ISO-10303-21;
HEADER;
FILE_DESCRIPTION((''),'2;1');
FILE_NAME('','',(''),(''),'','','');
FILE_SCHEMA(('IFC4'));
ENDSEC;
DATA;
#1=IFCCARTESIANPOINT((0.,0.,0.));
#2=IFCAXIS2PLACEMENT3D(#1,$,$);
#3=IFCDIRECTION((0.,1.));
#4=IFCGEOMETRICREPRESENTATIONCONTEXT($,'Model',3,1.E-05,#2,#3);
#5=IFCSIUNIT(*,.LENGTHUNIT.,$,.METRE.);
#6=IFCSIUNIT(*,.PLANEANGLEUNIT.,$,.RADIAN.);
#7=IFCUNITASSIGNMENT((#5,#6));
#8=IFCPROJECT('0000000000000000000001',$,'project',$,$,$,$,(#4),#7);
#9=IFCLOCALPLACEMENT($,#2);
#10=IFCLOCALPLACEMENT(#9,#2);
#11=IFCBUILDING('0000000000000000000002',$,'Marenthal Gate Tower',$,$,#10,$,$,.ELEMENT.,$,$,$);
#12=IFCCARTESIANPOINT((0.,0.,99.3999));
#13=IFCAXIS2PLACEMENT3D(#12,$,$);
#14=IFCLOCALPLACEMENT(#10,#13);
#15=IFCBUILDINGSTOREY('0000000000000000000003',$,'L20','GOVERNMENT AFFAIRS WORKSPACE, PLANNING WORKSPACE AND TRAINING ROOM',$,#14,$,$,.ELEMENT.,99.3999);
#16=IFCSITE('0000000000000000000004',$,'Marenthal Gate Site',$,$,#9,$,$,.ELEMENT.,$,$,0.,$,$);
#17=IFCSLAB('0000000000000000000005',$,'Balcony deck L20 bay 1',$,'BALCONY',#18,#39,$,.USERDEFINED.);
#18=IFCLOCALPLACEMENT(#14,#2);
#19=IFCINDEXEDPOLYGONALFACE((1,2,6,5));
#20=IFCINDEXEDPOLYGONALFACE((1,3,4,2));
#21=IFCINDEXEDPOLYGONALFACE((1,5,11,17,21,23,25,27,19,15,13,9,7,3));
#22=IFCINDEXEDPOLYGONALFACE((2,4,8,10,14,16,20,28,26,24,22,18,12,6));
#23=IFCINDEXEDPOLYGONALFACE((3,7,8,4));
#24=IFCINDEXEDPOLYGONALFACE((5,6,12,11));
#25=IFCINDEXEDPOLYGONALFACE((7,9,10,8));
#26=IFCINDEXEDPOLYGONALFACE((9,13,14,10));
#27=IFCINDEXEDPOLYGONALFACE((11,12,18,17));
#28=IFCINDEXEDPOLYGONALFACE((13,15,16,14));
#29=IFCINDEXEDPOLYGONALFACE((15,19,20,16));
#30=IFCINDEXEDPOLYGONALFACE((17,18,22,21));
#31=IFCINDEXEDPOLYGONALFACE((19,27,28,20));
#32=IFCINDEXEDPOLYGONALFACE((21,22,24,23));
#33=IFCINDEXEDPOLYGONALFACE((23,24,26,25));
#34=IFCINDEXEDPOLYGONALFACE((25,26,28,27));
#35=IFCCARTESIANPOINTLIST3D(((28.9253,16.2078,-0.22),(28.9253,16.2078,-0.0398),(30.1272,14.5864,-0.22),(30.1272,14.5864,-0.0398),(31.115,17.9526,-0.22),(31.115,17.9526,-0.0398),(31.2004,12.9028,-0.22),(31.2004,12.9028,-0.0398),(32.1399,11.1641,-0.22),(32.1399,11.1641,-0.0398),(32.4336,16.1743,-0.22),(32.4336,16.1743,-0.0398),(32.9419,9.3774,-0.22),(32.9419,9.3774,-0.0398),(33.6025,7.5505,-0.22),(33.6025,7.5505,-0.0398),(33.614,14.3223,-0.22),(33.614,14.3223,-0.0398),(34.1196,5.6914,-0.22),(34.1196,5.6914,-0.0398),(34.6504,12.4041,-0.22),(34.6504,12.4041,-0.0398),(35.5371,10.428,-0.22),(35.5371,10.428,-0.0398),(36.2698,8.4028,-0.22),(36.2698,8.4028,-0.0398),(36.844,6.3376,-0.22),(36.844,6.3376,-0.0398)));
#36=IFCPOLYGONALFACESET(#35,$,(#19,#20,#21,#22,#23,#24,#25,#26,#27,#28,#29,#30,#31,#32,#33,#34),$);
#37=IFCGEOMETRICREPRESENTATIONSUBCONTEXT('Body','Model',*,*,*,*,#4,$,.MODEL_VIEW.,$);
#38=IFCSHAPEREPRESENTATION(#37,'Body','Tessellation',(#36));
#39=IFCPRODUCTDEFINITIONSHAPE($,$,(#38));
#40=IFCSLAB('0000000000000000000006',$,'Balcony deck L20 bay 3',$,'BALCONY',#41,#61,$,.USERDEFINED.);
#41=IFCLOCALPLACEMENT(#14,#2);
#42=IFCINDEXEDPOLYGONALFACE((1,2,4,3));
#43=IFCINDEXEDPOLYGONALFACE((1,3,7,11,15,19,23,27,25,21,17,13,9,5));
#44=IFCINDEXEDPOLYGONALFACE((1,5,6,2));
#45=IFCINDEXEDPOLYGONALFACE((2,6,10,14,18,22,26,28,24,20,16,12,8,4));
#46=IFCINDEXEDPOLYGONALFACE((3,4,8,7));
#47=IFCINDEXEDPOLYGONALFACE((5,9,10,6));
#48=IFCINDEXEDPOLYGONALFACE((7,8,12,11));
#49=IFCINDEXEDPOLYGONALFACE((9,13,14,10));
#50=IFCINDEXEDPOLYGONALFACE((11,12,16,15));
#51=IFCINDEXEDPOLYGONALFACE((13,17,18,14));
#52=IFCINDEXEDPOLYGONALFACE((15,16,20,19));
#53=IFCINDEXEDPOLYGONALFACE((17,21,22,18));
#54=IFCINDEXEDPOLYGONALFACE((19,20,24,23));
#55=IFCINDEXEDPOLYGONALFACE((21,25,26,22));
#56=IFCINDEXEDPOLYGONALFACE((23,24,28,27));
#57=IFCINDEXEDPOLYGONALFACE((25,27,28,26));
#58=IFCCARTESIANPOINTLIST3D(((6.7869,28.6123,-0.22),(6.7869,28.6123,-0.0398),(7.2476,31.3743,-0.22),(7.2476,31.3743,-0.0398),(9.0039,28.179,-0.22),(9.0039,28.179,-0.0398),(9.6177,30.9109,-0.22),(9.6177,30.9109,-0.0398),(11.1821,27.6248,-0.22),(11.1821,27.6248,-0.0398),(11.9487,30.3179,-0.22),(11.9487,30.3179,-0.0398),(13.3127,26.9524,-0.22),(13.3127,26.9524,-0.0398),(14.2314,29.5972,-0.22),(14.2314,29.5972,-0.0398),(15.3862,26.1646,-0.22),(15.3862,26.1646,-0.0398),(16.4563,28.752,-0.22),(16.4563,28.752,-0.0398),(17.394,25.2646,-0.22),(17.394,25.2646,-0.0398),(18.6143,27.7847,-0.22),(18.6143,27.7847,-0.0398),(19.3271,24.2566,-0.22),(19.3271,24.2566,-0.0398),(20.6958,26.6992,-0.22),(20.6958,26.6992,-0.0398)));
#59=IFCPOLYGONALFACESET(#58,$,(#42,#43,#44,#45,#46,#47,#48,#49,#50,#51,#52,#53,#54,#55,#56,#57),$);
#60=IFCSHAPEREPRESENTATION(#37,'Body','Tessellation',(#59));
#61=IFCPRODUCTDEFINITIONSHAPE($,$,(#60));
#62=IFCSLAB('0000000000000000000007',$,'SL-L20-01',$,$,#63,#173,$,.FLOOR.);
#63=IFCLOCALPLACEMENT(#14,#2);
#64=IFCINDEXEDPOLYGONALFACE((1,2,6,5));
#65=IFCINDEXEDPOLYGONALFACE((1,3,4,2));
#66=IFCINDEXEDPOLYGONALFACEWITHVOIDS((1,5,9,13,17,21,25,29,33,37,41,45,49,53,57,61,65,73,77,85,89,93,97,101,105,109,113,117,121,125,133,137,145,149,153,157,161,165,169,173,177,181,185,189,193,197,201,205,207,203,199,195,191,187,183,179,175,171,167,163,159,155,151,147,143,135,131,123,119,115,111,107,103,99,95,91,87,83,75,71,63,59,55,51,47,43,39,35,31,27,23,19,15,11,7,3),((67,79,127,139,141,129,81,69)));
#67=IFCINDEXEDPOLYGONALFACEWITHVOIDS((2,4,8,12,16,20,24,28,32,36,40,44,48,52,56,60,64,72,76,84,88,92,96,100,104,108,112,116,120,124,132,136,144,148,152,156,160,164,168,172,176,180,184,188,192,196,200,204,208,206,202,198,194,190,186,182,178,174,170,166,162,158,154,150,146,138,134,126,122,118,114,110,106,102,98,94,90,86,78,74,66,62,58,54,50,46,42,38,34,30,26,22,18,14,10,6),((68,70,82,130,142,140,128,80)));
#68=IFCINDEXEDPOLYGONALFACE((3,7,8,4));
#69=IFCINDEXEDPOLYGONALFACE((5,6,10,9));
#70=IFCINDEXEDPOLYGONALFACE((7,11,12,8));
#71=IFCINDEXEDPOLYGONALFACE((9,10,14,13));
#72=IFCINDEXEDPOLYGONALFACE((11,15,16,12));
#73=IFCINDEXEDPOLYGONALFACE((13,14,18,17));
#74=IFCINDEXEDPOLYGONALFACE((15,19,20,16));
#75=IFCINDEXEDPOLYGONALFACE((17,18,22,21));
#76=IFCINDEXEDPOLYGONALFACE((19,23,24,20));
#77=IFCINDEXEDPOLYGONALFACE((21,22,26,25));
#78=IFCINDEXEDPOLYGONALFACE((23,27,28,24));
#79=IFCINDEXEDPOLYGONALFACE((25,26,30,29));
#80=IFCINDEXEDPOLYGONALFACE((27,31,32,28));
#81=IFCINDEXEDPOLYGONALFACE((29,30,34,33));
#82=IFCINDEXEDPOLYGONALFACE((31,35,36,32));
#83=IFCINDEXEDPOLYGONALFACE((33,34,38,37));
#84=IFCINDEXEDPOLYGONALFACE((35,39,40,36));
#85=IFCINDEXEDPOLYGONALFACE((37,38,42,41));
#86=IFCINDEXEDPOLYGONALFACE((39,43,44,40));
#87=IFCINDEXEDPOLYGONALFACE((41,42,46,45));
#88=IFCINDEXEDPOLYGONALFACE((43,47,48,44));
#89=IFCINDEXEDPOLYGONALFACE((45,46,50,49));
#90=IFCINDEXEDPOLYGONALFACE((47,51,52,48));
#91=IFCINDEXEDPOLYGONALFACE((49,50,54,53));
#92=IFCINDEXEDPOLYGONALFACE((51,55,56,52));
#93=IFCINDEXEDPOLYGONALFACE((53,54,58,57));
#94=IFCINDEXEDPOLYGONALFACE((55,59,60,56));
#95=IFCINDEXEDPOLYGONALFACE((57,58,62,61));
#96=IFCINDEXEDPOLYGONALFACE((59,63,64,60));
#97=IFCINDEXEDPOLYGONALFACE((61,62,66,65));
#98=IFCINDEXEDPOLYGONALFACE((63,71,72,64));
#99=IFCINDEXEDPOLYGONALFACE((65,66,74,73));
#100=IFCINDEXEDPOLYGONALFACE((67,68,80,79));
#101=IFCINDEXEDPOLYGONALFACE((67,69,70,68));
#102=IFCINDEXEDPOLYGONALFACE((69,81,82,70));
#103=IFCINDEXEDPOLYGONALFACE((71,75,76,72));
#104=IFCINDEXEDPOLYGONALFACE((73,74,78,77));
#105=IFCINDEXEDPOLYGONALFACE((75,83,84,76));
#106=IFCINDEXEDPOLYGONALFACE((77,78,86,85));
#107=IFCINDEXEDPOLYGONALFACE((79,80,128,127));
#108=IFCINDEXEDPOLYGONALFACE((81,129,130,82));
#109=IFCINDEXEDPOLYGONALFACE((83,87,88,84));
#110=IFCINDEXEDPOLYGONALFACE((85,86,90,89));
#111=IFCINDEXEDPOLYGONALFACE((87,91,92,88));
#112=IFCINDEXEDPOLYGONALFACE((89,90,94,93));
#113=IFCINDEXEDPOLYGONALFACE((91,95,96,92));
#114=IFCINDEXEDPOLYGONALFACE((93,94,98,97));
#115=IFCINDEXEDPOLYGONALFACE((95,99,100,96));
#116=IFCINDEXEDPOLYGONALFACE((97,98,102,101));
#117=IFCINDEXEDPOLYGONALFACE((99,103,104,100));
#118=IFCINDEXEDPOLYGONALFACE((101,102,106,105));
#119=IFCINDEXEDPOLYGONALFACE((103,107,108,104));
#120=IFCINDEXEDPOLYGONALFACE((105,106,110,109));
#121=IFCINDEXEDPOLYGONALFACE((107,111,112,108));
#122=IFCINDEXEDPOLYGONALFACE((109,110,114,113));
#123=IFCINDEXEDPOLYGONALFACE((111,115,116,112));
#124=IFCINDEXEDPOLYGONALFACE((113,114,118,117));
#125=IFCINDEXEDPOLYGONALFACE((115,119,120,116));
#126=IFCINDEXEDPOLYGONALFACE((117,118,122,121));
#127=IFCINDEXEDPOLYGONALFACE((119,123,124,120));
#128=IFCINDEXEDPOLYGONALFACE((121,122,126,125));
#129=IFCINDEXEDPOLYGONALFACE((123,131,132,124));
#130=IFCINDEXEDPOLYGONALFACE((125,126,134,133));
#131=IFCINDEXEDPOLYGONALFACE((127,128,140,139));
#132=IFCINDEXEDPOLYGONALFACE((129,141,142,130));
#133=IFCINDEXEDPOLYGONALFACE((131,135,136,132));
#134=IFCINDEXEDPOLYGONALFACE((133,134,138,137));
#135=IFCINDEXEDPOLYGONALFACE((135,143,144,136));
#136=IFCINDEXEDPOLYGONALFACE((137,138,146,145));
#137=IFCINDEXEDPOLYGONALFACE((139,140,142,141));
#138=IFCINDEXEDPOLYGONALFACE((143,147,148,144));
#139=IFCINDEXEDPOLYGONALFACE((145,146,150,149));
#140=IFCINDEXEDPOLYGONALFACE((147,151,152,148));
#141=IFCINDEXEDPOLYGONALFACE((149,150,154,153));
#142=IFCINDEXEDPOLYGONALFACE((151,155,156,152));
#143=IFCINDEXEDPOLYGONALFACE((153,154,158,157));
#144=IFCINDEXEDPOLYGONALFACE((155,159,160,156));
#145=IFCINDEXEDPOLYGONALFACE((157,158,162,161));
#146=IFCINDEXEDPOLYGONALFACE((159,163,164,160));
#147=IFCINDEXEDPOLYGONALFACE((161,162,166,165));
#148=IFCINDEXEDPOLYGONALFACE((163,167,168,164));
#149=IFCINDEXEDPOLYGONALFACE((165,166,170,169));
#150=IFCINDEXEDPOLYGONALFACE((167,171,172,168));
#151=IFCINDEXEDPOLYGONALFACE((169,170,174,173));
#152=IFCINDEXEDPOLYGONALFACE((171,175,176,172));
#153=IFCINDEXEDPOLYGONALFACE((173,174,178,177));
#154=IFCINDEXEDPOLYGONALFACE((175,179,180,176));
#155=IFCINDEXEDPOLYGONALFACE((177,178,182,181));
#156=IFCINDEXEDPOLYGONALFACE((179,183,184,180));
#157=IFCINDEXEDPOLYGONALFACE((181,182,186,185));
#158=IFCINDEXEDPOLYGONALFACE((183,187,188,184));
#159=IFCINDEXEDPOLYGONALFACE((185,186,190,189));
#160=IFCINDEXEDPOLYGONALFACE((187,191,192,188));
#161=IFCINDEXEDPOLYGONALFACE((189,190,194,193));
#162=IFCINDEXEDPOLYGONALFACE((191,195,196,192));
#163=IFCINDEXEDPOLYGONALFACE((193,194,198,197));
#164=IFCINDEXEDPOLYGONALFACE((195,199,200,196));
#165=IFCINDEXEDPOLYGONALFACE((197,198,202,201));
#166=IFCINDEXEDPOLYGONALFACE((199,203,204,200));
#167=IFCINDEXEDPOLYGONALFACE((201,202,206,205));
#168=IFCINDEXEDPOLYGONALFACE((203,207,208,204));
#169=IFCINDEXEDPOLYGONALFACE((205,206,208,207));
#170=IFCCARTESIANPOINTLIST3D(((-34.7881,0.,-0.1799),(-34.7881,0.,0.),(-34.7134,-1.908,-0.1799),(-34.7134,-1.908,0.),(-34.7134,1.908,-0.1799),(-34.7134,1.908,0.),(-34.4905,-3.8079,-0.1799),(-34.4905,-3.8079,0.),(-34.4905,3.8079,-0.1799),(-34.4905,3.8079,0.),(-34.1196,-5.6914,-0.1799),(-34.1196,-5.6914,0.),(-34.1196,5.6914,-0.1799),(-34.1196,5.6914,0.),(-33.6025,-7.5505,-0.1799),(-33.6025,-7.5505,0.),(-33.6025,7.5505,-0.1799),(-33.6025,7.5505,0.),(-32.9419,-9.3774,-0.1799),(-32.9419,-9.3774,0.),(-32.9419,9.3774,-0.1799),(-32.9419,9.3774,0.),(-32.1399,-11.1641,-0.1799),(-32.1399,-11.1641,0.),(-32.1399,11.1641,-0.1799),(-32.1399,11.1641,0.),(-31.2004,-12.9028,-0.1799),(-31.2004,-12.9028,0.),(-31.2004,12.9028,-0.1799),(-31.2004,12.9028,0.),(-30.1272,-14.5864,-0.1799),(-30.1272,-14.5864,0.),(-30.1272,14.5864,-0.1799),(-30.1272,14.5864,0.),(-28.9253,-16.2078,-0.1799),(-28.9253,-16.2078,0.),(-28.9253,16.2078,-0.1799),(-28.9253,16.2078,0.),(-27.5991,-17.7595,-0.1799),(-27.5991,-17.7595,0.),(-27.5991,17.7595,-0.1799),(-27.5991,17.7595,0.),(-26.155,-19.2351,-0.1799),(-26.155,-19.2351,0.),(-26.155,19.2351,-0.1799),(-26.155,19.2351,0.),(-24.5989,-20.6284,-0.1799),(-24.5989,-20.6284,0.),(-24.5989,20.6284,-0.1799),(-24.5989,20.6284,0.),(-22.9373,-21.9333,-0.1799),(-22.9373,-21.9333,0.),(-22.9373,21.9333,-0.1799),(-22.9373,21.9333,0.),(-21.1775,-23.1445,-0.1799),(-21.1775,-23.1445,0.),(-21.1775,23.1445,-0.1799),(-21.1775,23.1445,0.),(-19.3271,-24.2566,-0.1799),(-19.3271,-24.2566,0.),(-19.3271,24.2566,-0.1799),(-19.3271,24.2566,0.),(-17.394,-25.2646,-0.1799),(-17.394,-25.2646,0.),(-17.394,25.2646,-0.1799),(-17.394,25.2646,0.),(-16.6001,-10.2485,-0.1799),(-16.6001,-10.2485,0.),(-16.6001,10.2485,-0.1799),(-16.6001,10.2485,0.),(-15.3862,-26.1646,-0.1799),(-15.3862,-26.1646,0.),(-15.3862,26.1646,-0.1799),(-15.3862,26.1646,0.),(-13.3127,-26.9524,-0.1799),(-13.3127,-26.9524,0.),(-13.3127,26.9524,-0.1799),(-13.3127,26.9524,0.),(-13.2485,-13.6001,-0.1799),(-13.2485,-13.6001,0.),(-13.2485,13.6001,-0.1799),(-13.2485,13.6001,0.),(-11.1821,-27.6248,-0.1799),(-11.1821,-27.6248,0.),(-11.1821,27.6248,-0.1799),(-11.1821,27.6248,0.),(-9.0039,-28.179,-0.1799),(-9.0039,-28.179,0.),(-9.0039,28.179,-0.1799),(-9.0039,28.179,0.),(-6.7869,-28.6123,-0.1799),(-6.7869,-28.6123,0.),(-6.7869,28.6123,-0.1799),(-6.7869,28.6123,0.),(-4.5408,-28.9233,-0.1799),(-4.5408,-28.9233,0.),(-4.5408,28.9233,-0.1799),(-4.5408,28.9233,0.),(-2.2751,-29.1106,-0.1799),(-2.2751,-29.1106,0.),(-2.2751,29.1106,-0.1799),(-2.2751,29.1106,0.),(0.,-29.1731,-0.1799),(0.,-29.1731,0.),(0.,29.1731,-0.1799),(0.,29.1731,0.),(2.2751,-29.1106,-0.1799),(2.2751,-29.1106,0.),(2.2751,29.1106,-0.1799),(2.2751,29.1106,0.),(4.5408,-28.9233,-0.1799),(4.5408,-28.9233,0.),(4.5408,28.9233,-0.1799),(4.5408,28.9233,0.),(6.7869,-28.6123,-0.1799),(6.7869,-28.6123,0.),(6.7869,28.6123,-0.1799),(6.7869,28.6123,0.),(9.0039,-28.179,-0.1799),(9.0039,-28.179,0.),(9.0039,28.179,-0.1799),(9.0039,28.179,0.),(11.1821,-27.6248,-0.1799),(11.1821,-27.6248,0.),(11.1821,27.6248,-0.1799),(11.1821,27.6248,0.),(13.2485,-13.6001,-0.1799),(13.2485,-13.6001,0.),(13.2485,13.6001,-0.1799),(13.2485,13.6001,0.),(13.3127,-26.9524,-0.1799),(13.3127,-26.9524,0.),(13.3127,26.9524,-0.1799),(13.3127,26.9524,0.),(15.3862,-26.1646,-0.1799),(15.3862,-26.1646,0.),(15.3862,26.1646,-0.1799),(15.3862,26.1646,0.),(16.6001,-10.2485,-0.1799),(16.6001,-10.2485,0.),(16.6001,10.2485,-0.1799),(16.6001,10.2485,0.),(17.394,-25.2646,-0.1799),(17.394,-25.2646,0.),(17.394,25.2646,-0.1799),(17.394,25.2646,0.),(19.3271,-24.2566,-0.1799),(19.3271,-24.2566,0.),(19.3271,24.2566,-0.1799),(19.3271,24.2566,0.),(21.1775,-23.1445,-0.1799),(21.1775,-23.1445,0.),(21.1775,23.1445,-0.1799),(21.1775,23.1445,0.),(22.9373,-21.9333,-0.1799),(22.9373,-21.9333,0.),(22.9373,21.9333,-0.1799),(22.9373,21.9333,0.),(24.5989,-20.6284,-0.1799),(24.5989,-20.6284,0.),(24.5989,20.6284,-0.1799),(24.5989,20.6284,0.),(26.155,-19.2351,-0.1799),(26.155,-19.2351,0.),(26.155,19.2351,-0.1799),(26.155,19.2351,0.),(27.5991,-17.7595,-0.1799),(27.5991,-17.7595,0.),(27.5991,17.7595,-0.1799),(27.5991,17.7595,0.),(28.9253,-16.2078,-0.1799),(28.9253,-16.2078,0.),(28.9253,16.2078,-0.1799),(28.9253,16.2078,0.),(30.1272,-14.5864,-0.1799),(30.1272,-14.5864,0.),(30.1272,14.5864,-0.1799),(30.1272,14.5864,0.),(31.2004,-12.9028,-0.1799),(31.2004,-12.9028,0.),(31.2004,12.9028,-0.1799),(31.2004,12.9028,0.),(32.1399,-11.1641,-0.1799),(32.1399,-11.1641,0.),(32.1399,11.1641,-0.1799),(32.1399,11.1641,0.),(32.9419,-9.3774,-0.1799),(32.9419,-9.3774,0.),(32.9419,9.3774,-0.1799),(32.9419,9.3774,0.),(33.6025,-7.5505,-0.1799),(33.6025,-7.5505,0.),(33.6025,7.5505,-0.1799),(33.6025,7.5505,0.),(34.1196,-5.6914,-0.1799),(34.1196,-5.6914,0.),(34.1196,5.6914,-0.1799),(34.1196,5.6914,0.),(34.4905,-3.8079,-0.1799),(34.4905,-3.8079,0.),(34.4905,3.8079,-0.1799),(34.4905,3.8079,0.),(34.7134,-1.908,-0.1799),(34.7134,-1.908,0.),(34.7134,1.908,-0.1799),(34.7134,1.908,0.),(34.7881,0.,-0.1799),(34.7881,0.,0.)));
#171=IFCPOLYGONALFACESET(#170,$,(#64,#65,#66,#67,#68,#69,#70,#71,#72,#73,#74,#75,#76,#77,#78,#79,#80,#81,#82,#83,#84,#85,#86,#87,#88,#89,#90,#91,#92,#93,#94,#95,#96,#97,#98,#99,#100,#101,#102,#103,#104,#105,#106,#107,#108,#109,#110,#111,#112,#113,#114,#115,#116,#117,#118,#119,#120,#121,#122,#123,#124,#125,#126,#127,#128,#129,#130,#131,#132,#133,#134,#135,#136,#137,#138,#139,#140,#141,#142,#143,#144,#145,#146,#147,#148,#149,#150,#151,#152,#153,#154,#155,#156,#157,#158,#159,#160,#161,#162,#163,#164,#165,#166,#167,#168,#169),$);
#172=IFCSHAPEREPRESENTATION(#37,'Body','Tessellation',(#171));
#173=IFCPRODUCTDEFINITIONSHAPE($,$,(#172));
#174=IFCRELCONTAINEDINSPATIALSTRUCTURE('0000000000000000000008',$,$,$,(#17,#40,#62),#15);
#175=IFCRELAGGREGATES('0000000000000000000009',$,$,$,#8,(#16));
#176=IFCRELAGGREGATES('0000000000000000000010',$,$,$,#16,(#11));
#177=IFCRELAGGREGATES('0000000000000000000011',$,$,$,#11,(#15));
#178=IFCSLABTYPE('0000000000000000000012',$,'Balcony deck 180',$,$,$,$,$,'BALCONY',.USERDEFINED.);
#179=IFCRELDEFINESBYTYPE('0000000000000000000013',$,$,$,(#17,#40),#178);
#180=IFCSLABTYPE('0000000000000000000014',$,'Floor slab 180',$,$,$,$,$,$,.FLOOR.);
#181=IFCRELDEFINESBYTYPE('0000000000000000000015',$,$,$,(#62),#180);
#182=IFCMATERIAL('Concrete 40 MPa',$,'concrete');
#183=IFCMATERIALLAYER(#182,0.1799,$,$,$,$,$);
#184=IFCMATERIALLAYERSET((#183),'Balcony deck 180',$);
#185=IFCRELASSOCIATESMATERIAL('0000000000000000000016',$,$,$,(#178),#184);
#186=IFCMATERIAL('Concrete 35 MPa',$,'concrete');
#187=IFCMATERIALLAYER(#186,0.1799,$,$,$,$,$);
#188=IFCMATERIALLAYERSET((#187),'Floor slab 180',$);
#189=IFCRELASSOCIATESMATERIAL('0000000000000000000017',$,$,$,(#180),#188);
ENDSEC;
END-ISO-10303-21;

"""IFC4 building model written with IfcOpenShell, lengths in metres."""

from ifc_helpers import new_model, si_unit, direction, frame, origin, place, context, subcontext, project, spatial, polyline, outline, extrude, material, layer, layer_set, type_object, element, save


model = new_model("IFC4")

# Units and contexts
model_context = context("Model", 3, precision=1e-05, world=origin(), true_north=direction((0.0, 1.0)))
body_context = subcontext(model_context, "Body", "Model", "MODEL_VIEW")
ifc_project = project(units=[si_unit("LENGTHUNIT", "METRE"), si_unit("PLANEANGLEUNIT", "RADIAN")], contexts=[model_context])

# Site, building, storey
site_placement = place(None, origin())
site = spatial("IfcSite", under=ifc_project, at=site_placement, Name="Marenthal Gate Site", CompositionType="ELEMENT", RefElevation=0.0)
building_placement = place(site_placement, origin())
building = spatial("IfcBuilding", under=site, at=building_placement, Name="Marenthal Gate Tower", CompositionType="ELEMENT")
storey_placement = place(building_placement, frame((0.0, 0.0, 99.3999)))
storey = spatial("IfcBuildingStorey", under=building, at=storey_placement, Name="L20", Description="GOVERNMENT AFFAIRS WORKSPACE, PLANNING WORKSPACE AND TRAINING ROOM", CompositionType="ELEMENT", Elevation=99.3999)

# Slabs
ifc_material_1 = material(Name="Concrete 40 MPa", Category="concrete")
ifc_layer_1 = layer(ifc_material_1, 0.1799)
ifc_layer_set_1 = layer_set([ifc_layer_1], Name="Balcony deck 180")
slab_type_1 = type_object("IfcSlabType", Name="Balcony deck 180", ElementType="BALCONY", PredefinedType="USERDEFINED", material=ifc_layer_set_1)
slab_1_placement = place(storey_placement, frame((0.0, 0.0, -0.22)))
element("IfcSlab", 1, at=slab_1_placement, inside=storey, type_object=slab_type_1, Name="Balcony deck L20 bay 1", ObjectType="BALCONY", PredefinedType="USERDEFINED", context=body_context, shape_type="SweptSolid", body=[
    extrude(outline(polyline([(34.1196, 5.6914), (33.6025, 7.5505), (32.9419, 9.3774), (32.1399, 11.1641), (31.2004, 12.9028), (30.1272, 14.5864), (28.9253, 16.2078), (31.115, 17.9526), (32.4336, 16.1743), (33.614, 14.3223), (34.6504, 12.4041), (35.5371, 10.428), (36.2698, 8.4028), (36.844, 6.3376), (34.1196, 5.6914)])), origin(), (0.0, 0.0, 1.0), 0.1802),
])
slab_2_placement = place(storey_placement, frame((0.0, 0.0, -0.22)))
element("IfcSlab", 2, at=slab_2_placement, inside=storey, type_object=slab_type_1, Name="Balcony deck L20 bay 3", ObjectType="BALCONY", PredefinedType="USERDEFINED", context=body_context, shape_type="SweptSolid", body=[
    extrude(outline(polyline([(19.3271, 24.2566), (17.394, 25.2646), (15.3862, 26.1646), (13.3127, 26.9524), (11.1821, 27.6248), (9.0039, 28.179), (6.7869, 28.6123), (7.2476, 31.3743), (9.6177, 30.9109), (11.9487, 30.3179), (14.2314, 29.5972), (16.4563, 28.752), (18.6143, 27.7847), (20.6958, 26.6992), (19.3271, 24.2566)])), origin(), (0.0, 0.0, 1.0), 0.1802),
])
ifc_material_2 = material(Name="Concrete 35 MPa", Category="concrete")
ifc_layer_2 = layer(ifc_material_2, 0.1799)
ifc_layer_set_2 = layer_set([ifc_layer_2], Name="Floor slab 180")
slab_type_2 = type_object("IfcSlabType", Name="Floor slab 180", PredefinedType="FLOOR", material=ifc_layer_set_2)
slab_3_placement = place(storey_placement, frame((0.0, 0.0, -0.1799)))
element("IfcSlab", 3, at=slab_3_placement, inside=storey, type_object=slab_type_2, Name="SL-L20-01", PredefinedType="FLOOR", context=body_context, shape_type="SweptSolid", body=[
    extrude(outline(polyline([(34.7881, 0.0), (34.7134, 1.908), (34.4905, 3.8079), (34.1196, 5.6914), (33.6025, 7.5505), (32.9419, 9.3774), (32.1399, 11.1641), (31.2004, 12.9028), (30.1272, 14.5864), (28.9253, 16.2078), (27.5991, 17.7595), (26.155, 19.2351), (24.5989, 20.6284), (22.9373, 21.9333), (21.1775, 23.1445), (19.3271, 24.2566), (17.394, 25.2646), (15.3862, 26.1646), (13.3127, 26.9524), (11.1821, 27.6248), (9.0039, 28.179), (6.7869, 28.6123), (4.5408, 28.9233), (2.2751, 29.1106), (0.0, 29.1731), (-2.2751, 29.1106), (-4.5408, 28.9233), (-6.7869, 28.6123), (-9.0039, 28.179), (-11.1821, 27.6248), (-13.3127, 26.9524), (-15.3862, 26.1646), (-17.394, 25.2646), (-19.3271, 24.2566), (-21.1775, 23.1445), (-22.9373, 21.9333), (-24.5989, 20.6284), (-26.155, 19.2351), (-27.5991, 17.7595), (-28.9253, 16.2078), (-30.1272, 14.5864), (-31.2004, 12.9028), (-32.1399, 11.1641), (-32.9419, 9.3774), (-33.6025, 7.5505), (-34.1196, 5.6914), (-34.4905, 3.8079), (-34.7134, 1.908), (-34.7881, 0.0), (-34.7134, -1.908), (-34.4905, -3.8079), (-34.1196, -5.6914), (-33.6025, -7.5505), (-32.9419, -9.3774), (-32.1399, -11.1641), (-31.2004, -12.9028), (-30.1272, -14.5864), (-28.9253, -16.2078), (-27.5991, -17.7595), (-26.155, -19.2351), (-24.5989, -20.6284), (-22.9373, -21.9333), (-21.1775, -23.1445), (-19.3271, -24.2566), (-17.394, -25.2646), (-15.3862, -26.1646), (-13.3127, -26.9524), (-11.1821, -27.6248), (-9.0039, -28.179), (-6.7869, -28.6123), (-4.5408, -28.9233), (-2.2751, -29.1106), (0.0, -29.1731), (2.2751, -29.1106), (4.5408, -28.9233), (6.7869, -28.6123), (9.0039, -28.179), (11.1821, -27.6248), (13.3127, -26.9524), (15.3862, -26.1646), (17.394, -25.2646), (19.3271, -24.2566), (21.1775, -23.1445), (22.9373, -21.9333), (24.5989, -20.6284), (26.155, -19.2351), (27.5991, -17.7595), (28.9253, -16.2078), (30.1272, -14.5864), (31.2004, -12.9028), (32.1399, -11.1641), (32.9419, -9.3774), (33.6025, -7.5505), (34.1196, -5.6914), (34.4905, -3.8079), (34.7134, -1.908), (34.7881, 0.0)]), holes=[polyline([(13.2485, -13.6001), (16.6001, -10.2485), (16.6001, 10.2485), (13.2485, 13.6001), (-13.2485, 13.6001), (-16.6001, 10.2485), (-16.6001, -10.2485), (-13.2485, -13.6001), (13.2485, -13.6001)])]), origin(), (0.0, 0.0, 1.0), 0.1799),
])

save(model, "model.ifc")
